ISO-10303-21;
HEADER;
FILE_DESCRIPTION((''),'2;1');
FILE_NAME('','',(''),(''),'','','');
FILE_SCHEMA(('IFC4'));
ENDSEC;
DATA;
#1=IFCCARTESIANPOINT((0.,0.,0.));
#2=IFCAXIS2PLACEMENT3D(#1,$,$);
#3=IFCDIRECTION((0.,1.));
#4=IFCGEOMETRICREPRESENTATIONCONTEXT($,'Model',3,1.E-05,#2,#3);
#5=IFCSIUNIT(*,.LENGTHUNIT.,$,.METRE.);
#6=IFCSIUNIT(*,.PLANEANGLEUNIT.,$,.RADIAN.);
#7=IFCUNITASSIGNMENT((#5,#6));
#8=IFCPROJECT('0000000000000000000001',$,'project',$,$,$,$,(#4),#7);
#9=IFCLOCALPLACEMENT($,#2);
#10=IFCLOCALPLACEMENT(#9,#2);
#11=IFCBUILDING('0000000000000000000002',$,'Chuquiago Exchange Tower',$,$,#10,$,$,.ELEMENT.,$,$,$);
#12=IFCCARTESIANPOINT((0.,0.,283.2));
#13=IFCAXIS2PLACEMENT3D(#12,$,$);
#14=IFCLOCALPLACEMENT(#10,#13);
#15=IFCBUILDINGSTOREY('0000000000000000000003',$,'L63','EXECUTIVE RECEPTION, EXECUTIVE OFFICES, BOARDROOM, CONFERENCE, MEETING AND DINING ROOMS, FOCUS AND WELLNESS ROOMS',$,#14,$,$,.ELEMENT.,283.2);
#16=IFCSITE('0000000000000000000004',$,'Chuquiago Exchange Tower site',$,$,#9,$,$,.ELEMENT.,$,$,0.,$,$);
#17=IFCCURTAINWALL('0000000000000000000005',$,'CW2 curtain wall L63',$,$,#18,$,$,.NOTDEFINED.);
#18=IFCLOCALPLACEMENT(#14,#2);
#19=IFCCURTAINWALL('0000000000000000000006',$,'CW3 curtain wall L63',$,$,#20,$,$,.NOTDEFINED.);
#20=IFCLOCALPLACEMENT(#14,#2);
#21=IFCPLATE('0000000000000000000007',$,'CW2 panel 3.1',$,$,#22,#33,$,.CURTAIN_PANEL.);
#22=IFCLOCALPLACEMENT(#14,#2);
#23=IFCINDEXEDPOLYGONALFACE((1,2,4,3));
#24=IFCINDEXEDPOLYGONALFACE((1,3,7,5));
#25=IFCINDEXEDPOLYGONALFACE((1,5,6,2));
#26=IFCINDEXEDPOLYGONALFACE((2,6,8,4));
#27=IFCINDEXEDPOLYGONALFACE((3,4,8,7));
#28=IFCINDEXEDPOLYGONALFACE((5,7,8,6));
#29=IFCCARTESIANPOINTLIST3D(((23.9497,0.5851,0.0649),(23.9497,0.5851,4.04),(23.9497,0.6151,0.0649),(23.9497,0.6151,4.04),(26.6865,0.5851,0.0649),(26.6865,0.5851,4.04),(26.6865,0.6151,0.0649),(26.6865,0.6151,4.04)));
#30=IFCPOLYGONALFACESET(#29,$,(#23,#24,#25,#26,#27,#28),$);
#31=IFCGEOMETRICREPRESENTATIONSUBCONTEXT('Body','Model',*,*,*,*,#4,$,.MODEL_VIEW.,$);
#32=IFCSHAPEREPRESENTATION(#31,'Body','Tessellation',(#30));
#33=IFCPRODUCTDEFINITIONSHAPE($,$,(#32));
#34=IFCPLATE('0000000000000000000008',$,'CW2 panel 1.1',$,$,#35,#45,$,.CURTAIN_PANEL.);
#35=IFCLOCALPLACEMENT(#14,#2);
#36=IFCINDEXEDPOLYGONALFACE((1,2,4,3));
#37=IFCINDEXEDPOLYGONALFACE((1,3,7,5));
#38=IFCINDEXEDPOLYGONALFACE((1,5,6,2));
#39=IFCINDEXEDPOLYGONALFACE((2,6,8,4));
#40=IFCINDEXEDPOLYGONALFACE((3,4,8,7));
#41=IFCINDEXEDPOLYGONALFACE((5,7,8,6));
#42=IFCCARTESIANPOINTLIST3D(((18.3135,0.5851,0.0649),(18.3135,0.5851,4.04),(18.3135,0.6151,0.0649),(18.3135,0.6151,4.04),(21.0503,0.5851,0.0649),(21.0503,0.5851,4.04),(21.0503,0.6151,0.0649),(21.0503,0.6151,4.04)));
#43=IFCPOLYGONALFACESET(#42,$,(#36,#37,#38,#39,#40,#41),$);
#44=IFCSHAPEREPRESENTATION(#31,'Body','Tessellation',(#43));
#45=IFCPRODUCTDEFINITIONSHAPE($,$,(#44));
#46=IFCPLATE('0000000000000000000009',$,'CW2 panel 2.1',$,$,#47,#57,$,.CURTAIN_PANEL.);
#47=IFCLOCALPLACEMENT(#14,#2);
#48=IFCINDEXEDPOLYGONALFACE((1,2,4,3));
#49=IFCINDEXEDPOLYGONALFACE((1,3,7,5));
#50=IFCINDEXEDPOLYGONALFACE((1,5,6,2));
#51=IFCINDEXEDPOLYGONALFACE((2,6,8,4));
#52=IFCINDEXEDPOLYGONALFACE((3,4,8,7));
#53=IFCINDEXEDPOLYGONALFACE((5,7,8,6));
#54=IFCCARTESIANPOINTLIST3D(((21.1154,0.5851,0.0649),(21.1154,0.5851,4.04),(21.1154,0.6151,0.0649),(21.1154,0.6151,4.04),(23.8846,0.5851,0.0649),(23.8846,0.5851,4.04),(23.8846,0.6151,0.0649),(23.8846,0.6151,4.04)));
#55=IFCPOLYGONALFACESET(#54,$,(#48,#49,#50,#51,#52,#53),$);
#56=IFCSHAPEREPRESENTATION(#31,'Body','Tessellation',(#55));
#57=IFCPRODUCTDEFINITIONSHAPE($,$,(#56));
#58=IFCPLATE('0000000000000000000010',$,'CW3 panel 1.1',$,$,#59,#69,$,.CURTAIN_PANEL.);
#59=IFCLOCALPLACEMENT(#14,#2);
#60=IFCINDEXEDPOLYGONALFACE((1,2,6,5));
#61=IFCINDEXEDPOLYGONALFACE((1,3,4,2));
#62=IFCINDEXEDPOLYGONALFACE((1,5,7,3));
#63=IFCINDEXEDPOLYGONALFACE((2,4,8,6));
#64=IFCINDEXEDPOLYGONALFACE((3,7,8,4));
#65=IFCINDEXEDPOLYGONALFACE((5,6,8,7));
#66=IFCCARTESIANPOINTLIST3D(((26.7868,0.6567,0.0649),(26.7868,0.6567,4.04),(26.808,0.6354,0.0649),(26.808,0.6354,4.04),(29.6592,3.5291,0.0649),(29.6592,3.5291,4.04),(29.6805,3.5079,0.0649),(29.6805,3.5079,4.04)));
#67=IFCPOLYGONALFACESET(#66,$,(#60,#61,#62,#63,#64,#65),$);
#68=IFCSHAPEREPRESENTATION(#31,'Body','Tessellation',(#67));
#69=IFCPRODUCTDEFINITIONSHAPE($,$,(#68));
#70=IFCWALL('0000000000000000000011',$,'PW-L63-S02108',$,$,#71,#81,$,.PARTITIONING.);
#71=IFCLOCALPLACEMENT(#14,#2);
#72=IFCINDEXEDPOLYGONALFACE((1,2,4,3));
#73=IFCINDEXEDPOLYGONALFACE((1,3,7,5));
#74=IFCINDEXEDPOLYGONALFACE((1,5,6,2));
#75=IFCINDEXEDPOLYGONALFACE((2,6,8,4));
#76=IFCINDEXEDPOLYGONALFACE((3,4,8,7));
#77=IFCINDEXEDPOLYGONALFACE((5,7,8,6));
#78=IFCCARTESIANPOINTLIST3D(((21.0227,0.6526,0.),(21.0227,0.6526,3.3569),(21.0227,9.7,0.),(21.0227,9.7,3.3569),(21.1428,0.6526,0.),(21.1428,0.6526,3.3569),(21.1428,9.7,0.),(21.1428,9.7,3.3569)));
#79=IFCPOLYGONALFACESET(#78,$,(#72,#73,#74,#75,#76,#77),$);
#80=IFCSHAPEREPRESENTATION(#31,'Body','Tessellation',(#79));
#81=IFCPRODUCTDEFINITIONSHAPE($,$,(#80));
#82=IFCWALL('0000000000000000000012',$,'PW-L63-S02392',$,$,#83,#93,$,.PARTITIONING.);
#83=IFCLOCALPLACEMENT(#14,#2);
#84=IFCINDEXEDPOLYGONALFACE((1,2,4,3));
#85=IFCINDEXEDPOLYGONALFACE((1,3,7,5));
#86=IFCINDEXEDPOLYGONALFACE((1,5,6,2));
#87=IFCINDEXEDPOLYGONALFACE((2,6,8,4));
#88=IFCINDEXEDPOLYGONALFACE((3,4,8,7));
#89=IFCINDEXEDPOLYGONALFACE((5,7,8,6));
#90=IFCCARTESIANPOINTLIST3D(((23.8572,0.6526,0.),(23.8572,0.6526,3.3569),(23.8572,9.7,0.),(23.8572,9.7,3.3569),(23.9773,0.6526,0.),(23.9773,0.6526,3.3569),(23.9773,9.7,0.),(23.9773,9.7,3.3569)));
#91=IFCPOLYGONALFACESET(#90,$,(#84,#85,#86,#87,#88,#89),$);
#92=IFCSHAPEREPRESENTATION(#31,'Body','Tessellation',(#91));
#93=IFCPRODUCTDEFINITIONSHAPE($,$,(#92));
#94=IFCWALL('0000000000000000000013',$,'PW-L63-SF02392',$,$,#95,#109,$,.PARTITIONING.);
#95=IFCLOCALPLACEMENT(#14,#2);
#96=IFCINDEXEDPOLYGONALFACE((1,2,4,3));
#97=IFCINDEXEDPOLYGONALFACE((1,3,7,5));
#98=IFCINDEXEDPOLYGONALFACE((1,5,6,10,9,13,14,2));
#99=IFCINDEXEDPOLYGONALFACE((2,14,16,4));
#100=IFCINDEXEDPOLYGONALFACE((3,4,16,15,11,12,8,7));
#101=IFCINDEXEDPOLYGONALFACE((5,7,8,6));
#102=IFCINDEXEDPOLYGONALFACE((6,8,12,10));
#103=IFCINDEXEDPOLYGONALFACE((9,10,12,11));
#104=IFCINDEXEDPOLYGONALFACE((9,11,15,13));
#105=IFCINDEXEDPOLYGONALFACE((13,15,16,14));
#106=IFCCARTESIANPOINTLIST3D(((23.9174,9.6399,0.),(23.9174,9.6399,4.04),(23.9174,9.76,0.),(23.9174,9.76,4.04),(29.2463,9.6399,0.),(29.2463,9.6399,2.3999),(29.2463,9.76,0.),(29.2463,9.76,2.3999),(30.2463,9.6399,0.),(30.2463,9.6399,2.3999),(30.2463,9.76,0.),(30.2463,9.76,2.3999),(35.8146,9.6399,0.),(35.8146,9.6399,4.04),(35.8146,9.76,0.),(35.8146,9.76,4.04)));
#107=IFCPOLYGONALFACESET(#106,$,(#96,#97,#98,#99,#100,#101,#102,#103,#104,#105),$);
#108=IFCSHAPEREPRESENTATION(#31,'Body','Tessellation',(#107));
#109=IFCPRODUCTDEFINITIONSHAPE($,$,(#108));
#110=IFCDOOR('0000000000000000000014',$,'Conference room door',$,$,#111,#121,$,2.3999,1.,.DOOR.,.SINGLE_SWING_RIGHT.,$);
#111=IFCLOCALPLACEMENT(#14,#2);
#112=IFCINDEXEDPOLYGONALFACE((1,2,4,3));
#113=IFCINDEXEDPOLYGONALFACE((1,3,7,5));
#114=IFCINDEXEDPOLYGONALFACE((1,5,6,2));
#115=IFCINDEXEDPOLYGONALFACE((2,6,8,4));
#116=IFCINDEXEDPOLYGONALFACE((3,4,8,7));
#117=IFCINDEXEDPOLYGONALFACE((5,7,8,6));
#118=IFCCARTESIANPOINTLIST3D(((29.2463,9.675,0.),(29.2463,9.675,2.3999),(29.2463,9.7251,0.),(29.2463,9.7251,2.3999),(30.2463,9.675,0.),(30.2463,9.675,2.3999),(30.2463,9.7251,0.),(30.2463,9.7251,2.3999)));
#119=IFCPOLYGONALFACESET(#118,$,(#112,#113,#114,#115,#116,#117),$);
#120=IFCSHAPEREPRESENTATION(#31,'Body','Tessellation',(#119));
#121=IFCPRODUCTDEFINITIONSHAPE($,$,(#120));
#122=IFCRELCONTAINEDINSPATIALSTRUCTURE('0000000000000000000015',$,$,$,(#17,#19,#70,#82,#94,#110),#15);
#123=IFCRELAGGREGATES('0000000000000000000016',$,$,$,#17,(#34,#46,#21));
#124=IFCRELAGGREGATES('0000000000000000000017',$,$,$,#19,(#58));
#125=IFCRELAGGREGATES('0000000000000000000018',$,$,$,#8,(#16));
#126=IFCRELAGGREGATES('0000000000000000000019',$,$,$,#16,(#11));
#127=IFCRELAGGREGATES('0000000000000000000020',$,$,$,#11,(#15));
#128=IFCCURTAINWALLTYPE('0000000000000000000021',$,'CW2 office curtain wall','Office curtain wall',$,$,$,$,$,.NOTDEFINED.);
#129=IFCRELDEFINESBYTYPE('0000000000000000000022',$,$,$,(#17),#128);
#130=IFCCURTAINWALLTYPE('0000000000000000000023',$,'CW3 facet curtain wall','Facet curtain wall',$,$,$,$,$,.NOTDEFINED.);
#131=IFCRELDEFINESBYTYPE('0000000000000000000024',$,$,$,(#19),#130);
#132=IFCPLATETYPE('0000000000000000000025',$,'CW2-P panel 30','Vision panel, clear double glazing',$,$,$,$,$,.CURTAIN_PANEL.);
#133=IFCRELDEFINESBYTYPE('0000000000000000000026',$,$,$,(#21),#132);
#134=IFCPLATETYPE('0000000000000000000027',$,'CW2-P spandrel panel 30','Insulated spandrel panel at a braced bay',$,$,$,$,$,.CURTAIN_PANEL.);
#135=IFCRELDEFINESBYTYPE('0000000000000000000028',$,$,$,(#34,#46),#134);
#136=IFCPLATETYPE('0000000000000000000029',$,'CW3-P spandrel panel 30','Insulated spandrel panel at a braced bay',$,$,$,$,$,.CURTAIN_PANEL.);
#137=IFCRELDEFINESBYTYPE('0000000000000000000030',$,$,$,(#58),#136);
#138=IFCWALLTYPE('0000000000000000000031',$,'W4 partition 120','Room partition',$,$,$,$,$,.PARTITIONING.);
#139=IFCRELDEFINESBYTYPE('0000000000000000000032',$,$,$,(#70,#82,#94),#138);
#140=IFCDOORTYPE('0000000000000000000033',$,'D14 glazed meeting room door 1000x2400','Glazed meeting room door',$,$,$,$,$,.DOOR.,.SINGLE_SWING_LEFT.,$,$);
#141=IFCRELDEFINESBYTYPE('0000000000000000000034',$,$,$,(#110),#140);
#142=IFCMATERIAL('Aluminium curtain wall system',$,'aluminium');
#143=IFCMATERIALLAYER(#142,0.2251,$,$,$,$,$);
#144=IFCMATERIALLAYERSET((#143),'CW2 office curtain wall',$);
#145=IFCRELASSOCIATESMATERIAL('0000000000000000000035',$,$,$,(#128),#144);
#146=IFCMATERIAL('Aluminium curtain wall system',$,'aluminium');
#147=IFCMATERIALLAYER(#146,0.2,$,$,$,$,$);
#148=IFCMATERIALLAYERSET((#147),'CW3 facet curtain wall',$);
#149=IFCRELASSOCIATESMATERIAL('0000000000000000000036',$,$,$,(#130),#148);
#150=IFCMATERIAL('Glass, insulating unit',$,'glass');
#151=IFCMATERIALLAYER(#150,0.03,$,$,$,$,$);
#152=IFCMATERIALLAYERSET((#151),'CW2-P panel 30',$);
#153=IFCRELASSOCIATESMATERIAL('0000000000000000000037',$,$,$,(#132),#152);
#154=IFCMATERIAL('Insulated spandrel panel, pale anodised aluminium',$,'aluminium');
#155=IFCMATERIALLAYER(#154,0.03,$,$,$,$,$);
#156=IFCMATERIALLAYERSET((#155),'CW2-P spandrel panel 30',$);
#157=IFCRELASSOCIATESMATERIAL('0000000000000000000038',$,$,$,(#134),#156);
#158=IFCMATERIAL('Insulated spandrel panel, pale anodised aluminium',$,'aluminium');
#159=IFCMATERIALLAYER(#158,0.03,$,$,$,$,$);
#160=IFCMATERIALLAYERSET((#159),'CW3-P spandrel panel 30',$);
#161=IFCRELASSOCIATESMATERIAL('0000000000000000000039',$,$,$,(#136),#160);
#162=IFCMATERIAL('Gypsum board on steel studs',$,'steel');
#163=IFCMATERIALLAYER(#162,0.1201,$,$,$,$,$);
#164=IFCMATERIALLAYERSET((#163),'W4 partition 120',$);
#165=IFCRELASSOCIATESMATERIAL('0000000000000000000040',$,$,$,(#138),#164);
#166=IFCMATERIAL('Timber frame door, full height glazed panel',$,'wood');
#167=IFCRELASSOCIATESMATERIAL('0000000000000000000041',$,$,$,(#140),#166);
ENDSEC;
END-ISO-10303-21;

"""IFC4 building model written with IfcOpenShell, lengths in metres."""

from ifc_helpers import new_model, si_unit, direction, frame, frame_2d, origin, origin_2d, place, context, subcontext, project, spatial, rectangle, extrude, material, layer, layer_set, type_object, element, fill, aggregate, save


model = new_model("IFC4")

# Units and contexts
model_context = context("Model", 3, precision=1e-05, world=origin(), true_north=direction((0.0, 1.0)))
body_context = subcontext(model_context, "Body", "Model", "MODEL_VIEW")
ifc_project = project(units=[si_unit("LENGTHUNIT", "METRE"), si_unit("PLANEANGLEUNIT", "RADIAN")], contexts=[model_context])

# Site, building, storey
site_placement = place(None, origin())
site = spatial("IfcSite", under=ifc_project, at=site_placement, Name="Chuquiago Exchange Tower site", CompositionType="ELEMENT", RefElevation=0.0)
building_placement = place(site_placement, origin())
building = spatial("IfcBuilding", under=site, at=building_placement, Name="Chuquiago Exchange Tower", CompositionType="ELEMENT")
storey_placement = place(building_placement, frame((0.0, 0.0, 283.2)))
storey = spatial("IfcBuildingStorey", under=building, at=storey_placement, Name="L63", Description="EXECUTIVE RECEPTION, EXECUTIVE OFFICES, BOARDROOM, CONFERENCE, MEETING AND DINING ROOMS, FOCUS AND WELLNESS ROOMS", CompositionType="ELEMENT", Elevation=283.2)

# Curtain walls
ifc_material_1 = material(Name="Aluminium curtain wall system", Category="aluminium")
ifc_layer_1 = layer(ifc_material_1, 0.2251)
ifc_layer_set_1 = layer_set([ifc_layer_1], Name="CW2 office curtain wall")
curtain_wall_type_1 = type_object("IfcCurtainWallType", Name="CW2 office curtain wall", Description="Office curtain wall", PredefinedType="NOTDEFINED", material=ifc_layer_set_1)
curtain_wall_1_placement = place(storey_placement, origin())
curtain_wall_1 = element("IfcCurtainWall", 1, at=curtain_wall_1_placement, inside=storey, type_object=curtain_wall_type_1, Name="CW2 curtain wall L63", PredefinedType="NOTDEFINED")
ifc_material_2 = material(Name="Aluminium curtain wall system", Category="aluminium")
ifc_layer_2 = layer(ifc_material_2, 0.2)
ifc_layer_set_2 = layer_set([ifc_layer_2], Name="CW3 facet curtain wall")
curtain_wall_type_2 = type_object("IfcCurtainWallType", Name="CW3 facet curtain wall", Description="Facet curtain wall", PredefinedType="NOTDEFINED", material=ifc_layer_set_2)
curtain_wall_2_placement = place(storey_placement, origin())
curtain_wall_2 = element("IfcCurtainWall", 2, at=curtain_wall_2_placement, inside=storey, type_object=curtain_wall_type_2, Name="CW3 curtain wall L63", PredefinedType="NOTDEFINED")

# Plates
ifc_material_3 = material(Name="Glass, insulating unit", Category="glass")
ifc_layer_3 = layer(ifc_material_3, 0.03)
ifc_layer_set_3 = layer_set([ifc_layer_3], Name="CW2-P panel 30")
plate_type_1 = type_object("IfcPlateType", Name="CW2-P panel 30", Description="Vision panel, clear double glazing", PredefinedType="CURTAIN_PANEL", material=ifc_layer_set_3)
plate_1_placement = place(storey_placement, frame((25.3181, 0.6001, 0.0649), z_axis=(0.0, 0.0, 1.0), x_axis=(1.0, 0.0, 0.0)))
plate_1 = element("IfcPlate", 3, at=plate_1_placement, type_object=plate_type_1, Name="CW2 panel 3.1", PredefinedType="CURTAIN_PANEL", context=body_context, shape_type="SweptSolid", body=[
    extrude(rectangle(XDim=2.7368, YDim=0.03, at=origin_2d()), origin(), (0.0, 0.0, 1.0), 3.9751),
])
ifc_material_4 = material(Name="Insulated spandrel panel, pale anodised aluminium", Category="aluminium")
ifc_layer_4 = layer(ifc_material_4, 0.03)
ifc_layer_set_4 = layer_set([ifc_layer_4], Name="CW2-P spandrel panel 30")
plate_type_2 = type_object("IfcPlateType", Name="CW2-P spandrel panel 30", Description="Insulated spandrel panel at a braced bay", PredefinedType="CURTAIN_PANEL", material=ifc_layer_set_4)
plate_2_placement = place(storey_placement, frame((19.6819, 0.6001, 0.0649), z_axis=(0.0, 0.0, 1.0), x_axis=(1.0, 0.0, 0.0)))
plate_2 = element("IfcPlate", 4, at=plate_2_placement, type_object=plate_type_2, Name="CW2 panel 1.1", PredefinedType="CURTAIN_PANEL", context=body_context, shape_type="SweptSolid", body=[
    extrude(rectangle(XDim=2.7368, YDim=0.03, at=origin_2d()), origin(), (0.0, 0.0, 1.0), 3.9751),
])
plate_3_placement = place(storey_placement, frame((22.5, 0.6001, 0.0649), z_axis=(0.0, 0.0, 1.0), x_axis=(1.0, 0.0, 0.0)))
plate_3 = element("IfcPlate", 5, at=plate_3_placement, type_object=plate_type_2, Name="CW2 panel 2.1", PredefinedType="CURTAIN_PANEL", context=body_context, shape_type="SweptSolid", body=[
    extrude(rectangle(XDim=2.7693, YDim=0.03, at=origin_2d()), origin(), (0.0, 0.0, 1.0), 3.9751),
])
aggregate(curtain_wall_1, [plate_2, plate_3, plate_1])
ifc_material_5 = material(Name="Insulated spandrel panel, pale anodised aluminium", Category="aluminium")
ifc_layer_5 = layer(ifc_material_5, 0.03)
ifc_layer_set_5 = layer_set([ifc_layer_5], Name="CW3-P spandrel panel 30")
plate_type_3 = type_object("IfcPlateType", Name="CW3-P spandrel panel 30", Description="Insulated spandrel panel at a braced bay", PredefinedType="CURTAIN_PANEL", material=ifc_layer_set_5)
plate_4_placement = place(storey_placement, frame((28.2336, 2.0823, 0.0649), z_axis=(0.0, 0.0, 1.0), x_axis=(0.707107, 0.707107, 0.0)))
plate_4 = element("IfcPlate", 6, at=plate_4_placement, type_object=plate_type_3, Name="CW3 panel 1.1", PredefinedType="CURTAIN_PANEL", context=body_context, shape_type="SweptSolid", body=[
    extrude(rectangle(XDim=4.0623, YDim=0.03, at=origin_2d()), origin(), (0.0, 0.0, 1.0), 3.9751),
])
aggregate(curtain_wall_2, [plate_4])

# Walls
ifc_material_6 = material(Name="Gypsum board on steel studs", Category="steel")
ifc_layer_6 = layer(ifc_material_6, 0.1201)
ifc_layer_set_6 = layer_set([ifc_layer_6], Name="W4 partition 120")
wall_type = type_object("IfcWallType", Name="W4 partition 120", Description="Room partition", PredefinedType="PARTITIONING", material=ifc_layer_set_6)
for number, where, z_axis, x_axis, name in (
    (7, (21.0828, 0.6526, 0.0), (0.0, 0.0, 1.0), (0.0, 1.0, 0.0), "PW-L63-S02108"),
    (8, (23.9172, 0.6526, 0.0), (0.0, 0.0, 1.0), (0.0, 1.0, 0.0), "PW-L63-S02392"),
):
    element("IfcWall", number, at=place(storey_placement, frame(where, z_axis=z_axis, x_axis=x_axis)), inside=storey, type_object=wall_type, Name=name, PredefinedType="PARTITIONING", context=body_context, shape_type="SweptSolid", body=[
        extrude(rectangle(XDim=9.0474, YDim=0.1201, at=frame_2d((4.5237, 0.0))), origin(), (0.0, 0.0, 1.0), 3.3569),
    ])

# Wall, opening, door
ifc_material_7 = material(Name="Timber frame door, full height glazed panel", Category="wood")
door_type = type_object("IfcDoorType", Name="D14 glazed meeting room door 1000x2400", Description="Glazed meeting room door", OperationType="SINGLE_SWING_LEFT", PredefinedType="DOOR", material=ifc_material_7)
wall_1_placement = place(storey_placement, frame((23.9172, 9.7, 0.0), z_axis=(0.0, 0.0, 1.0), x_axis=(1.0, 0.0, 0.0)))
wall_1 = element("IfcWall", 9, at=wall_1_placement, inside=storey, type_object=wall_type, Name="PW-L63-SF02392", PredefinedType="PARTITIONING", context=body_context, shape_type="SweptSolid", body=[
    extrude(rectangle(XDim=11.8972, YDim=0.1201, at=frame_2d((5.9487, 0.0))), origin(), (0.0, 0.0, 1.0), 4.04),
])
opening_1_placement = place(wall_1_placement, frame((5.3291, 0.0, 0.0)))
opening_1 = element("IfcOpeningElement", 10, at=opening_1_placement, cuts=wall_1, PredefinedType="OPENING", context=body_context, shape_type="SweptSolid", body=[
    extrude(rectangle(XDim=1.0, YDim=2.3999, at=frame_2d((0.5, 1.2))), frame((0.0, 0.0701, 0.0), z_axis=(0.0, -1.0, 0.0), x_axis=(1.0, 0.0, 0.0)), (0.0, 0.0, 1.0), 0.1401),
])
door_1_placement = place(opening_1_placement, frame((1.0, 0.0, 0.0), z_axis=(0.0, 0.0, 1.0), x_axis=(-1.0, 0.0, 0.0)))
door_1 = element("IfcDoor", 11, at=door_1_placement, inside=storey, type_object=door_type, Name="Conference room door", OperationType="SINGLE_SWING_RIGHT", OverallHeight=2.3999, OverallWidth=1.0, PredefinedType="DOOR", context=body_context, shape_type="SweptSolid", body=[
    extrude(rectangle(XDim=1.0, YDim=2.3999, at=frame_2d((0.5, 1.2))), frame((0.0, 0.0249, 0.0), z_axis=(0.0, -1.0, 0.0), x_axis=(1.0, 0.0, 0.0)), (0.0, 0.0, 1.0), 0.05),
])
fill(opening_1, door_1)

save(model, "model.ifc")
